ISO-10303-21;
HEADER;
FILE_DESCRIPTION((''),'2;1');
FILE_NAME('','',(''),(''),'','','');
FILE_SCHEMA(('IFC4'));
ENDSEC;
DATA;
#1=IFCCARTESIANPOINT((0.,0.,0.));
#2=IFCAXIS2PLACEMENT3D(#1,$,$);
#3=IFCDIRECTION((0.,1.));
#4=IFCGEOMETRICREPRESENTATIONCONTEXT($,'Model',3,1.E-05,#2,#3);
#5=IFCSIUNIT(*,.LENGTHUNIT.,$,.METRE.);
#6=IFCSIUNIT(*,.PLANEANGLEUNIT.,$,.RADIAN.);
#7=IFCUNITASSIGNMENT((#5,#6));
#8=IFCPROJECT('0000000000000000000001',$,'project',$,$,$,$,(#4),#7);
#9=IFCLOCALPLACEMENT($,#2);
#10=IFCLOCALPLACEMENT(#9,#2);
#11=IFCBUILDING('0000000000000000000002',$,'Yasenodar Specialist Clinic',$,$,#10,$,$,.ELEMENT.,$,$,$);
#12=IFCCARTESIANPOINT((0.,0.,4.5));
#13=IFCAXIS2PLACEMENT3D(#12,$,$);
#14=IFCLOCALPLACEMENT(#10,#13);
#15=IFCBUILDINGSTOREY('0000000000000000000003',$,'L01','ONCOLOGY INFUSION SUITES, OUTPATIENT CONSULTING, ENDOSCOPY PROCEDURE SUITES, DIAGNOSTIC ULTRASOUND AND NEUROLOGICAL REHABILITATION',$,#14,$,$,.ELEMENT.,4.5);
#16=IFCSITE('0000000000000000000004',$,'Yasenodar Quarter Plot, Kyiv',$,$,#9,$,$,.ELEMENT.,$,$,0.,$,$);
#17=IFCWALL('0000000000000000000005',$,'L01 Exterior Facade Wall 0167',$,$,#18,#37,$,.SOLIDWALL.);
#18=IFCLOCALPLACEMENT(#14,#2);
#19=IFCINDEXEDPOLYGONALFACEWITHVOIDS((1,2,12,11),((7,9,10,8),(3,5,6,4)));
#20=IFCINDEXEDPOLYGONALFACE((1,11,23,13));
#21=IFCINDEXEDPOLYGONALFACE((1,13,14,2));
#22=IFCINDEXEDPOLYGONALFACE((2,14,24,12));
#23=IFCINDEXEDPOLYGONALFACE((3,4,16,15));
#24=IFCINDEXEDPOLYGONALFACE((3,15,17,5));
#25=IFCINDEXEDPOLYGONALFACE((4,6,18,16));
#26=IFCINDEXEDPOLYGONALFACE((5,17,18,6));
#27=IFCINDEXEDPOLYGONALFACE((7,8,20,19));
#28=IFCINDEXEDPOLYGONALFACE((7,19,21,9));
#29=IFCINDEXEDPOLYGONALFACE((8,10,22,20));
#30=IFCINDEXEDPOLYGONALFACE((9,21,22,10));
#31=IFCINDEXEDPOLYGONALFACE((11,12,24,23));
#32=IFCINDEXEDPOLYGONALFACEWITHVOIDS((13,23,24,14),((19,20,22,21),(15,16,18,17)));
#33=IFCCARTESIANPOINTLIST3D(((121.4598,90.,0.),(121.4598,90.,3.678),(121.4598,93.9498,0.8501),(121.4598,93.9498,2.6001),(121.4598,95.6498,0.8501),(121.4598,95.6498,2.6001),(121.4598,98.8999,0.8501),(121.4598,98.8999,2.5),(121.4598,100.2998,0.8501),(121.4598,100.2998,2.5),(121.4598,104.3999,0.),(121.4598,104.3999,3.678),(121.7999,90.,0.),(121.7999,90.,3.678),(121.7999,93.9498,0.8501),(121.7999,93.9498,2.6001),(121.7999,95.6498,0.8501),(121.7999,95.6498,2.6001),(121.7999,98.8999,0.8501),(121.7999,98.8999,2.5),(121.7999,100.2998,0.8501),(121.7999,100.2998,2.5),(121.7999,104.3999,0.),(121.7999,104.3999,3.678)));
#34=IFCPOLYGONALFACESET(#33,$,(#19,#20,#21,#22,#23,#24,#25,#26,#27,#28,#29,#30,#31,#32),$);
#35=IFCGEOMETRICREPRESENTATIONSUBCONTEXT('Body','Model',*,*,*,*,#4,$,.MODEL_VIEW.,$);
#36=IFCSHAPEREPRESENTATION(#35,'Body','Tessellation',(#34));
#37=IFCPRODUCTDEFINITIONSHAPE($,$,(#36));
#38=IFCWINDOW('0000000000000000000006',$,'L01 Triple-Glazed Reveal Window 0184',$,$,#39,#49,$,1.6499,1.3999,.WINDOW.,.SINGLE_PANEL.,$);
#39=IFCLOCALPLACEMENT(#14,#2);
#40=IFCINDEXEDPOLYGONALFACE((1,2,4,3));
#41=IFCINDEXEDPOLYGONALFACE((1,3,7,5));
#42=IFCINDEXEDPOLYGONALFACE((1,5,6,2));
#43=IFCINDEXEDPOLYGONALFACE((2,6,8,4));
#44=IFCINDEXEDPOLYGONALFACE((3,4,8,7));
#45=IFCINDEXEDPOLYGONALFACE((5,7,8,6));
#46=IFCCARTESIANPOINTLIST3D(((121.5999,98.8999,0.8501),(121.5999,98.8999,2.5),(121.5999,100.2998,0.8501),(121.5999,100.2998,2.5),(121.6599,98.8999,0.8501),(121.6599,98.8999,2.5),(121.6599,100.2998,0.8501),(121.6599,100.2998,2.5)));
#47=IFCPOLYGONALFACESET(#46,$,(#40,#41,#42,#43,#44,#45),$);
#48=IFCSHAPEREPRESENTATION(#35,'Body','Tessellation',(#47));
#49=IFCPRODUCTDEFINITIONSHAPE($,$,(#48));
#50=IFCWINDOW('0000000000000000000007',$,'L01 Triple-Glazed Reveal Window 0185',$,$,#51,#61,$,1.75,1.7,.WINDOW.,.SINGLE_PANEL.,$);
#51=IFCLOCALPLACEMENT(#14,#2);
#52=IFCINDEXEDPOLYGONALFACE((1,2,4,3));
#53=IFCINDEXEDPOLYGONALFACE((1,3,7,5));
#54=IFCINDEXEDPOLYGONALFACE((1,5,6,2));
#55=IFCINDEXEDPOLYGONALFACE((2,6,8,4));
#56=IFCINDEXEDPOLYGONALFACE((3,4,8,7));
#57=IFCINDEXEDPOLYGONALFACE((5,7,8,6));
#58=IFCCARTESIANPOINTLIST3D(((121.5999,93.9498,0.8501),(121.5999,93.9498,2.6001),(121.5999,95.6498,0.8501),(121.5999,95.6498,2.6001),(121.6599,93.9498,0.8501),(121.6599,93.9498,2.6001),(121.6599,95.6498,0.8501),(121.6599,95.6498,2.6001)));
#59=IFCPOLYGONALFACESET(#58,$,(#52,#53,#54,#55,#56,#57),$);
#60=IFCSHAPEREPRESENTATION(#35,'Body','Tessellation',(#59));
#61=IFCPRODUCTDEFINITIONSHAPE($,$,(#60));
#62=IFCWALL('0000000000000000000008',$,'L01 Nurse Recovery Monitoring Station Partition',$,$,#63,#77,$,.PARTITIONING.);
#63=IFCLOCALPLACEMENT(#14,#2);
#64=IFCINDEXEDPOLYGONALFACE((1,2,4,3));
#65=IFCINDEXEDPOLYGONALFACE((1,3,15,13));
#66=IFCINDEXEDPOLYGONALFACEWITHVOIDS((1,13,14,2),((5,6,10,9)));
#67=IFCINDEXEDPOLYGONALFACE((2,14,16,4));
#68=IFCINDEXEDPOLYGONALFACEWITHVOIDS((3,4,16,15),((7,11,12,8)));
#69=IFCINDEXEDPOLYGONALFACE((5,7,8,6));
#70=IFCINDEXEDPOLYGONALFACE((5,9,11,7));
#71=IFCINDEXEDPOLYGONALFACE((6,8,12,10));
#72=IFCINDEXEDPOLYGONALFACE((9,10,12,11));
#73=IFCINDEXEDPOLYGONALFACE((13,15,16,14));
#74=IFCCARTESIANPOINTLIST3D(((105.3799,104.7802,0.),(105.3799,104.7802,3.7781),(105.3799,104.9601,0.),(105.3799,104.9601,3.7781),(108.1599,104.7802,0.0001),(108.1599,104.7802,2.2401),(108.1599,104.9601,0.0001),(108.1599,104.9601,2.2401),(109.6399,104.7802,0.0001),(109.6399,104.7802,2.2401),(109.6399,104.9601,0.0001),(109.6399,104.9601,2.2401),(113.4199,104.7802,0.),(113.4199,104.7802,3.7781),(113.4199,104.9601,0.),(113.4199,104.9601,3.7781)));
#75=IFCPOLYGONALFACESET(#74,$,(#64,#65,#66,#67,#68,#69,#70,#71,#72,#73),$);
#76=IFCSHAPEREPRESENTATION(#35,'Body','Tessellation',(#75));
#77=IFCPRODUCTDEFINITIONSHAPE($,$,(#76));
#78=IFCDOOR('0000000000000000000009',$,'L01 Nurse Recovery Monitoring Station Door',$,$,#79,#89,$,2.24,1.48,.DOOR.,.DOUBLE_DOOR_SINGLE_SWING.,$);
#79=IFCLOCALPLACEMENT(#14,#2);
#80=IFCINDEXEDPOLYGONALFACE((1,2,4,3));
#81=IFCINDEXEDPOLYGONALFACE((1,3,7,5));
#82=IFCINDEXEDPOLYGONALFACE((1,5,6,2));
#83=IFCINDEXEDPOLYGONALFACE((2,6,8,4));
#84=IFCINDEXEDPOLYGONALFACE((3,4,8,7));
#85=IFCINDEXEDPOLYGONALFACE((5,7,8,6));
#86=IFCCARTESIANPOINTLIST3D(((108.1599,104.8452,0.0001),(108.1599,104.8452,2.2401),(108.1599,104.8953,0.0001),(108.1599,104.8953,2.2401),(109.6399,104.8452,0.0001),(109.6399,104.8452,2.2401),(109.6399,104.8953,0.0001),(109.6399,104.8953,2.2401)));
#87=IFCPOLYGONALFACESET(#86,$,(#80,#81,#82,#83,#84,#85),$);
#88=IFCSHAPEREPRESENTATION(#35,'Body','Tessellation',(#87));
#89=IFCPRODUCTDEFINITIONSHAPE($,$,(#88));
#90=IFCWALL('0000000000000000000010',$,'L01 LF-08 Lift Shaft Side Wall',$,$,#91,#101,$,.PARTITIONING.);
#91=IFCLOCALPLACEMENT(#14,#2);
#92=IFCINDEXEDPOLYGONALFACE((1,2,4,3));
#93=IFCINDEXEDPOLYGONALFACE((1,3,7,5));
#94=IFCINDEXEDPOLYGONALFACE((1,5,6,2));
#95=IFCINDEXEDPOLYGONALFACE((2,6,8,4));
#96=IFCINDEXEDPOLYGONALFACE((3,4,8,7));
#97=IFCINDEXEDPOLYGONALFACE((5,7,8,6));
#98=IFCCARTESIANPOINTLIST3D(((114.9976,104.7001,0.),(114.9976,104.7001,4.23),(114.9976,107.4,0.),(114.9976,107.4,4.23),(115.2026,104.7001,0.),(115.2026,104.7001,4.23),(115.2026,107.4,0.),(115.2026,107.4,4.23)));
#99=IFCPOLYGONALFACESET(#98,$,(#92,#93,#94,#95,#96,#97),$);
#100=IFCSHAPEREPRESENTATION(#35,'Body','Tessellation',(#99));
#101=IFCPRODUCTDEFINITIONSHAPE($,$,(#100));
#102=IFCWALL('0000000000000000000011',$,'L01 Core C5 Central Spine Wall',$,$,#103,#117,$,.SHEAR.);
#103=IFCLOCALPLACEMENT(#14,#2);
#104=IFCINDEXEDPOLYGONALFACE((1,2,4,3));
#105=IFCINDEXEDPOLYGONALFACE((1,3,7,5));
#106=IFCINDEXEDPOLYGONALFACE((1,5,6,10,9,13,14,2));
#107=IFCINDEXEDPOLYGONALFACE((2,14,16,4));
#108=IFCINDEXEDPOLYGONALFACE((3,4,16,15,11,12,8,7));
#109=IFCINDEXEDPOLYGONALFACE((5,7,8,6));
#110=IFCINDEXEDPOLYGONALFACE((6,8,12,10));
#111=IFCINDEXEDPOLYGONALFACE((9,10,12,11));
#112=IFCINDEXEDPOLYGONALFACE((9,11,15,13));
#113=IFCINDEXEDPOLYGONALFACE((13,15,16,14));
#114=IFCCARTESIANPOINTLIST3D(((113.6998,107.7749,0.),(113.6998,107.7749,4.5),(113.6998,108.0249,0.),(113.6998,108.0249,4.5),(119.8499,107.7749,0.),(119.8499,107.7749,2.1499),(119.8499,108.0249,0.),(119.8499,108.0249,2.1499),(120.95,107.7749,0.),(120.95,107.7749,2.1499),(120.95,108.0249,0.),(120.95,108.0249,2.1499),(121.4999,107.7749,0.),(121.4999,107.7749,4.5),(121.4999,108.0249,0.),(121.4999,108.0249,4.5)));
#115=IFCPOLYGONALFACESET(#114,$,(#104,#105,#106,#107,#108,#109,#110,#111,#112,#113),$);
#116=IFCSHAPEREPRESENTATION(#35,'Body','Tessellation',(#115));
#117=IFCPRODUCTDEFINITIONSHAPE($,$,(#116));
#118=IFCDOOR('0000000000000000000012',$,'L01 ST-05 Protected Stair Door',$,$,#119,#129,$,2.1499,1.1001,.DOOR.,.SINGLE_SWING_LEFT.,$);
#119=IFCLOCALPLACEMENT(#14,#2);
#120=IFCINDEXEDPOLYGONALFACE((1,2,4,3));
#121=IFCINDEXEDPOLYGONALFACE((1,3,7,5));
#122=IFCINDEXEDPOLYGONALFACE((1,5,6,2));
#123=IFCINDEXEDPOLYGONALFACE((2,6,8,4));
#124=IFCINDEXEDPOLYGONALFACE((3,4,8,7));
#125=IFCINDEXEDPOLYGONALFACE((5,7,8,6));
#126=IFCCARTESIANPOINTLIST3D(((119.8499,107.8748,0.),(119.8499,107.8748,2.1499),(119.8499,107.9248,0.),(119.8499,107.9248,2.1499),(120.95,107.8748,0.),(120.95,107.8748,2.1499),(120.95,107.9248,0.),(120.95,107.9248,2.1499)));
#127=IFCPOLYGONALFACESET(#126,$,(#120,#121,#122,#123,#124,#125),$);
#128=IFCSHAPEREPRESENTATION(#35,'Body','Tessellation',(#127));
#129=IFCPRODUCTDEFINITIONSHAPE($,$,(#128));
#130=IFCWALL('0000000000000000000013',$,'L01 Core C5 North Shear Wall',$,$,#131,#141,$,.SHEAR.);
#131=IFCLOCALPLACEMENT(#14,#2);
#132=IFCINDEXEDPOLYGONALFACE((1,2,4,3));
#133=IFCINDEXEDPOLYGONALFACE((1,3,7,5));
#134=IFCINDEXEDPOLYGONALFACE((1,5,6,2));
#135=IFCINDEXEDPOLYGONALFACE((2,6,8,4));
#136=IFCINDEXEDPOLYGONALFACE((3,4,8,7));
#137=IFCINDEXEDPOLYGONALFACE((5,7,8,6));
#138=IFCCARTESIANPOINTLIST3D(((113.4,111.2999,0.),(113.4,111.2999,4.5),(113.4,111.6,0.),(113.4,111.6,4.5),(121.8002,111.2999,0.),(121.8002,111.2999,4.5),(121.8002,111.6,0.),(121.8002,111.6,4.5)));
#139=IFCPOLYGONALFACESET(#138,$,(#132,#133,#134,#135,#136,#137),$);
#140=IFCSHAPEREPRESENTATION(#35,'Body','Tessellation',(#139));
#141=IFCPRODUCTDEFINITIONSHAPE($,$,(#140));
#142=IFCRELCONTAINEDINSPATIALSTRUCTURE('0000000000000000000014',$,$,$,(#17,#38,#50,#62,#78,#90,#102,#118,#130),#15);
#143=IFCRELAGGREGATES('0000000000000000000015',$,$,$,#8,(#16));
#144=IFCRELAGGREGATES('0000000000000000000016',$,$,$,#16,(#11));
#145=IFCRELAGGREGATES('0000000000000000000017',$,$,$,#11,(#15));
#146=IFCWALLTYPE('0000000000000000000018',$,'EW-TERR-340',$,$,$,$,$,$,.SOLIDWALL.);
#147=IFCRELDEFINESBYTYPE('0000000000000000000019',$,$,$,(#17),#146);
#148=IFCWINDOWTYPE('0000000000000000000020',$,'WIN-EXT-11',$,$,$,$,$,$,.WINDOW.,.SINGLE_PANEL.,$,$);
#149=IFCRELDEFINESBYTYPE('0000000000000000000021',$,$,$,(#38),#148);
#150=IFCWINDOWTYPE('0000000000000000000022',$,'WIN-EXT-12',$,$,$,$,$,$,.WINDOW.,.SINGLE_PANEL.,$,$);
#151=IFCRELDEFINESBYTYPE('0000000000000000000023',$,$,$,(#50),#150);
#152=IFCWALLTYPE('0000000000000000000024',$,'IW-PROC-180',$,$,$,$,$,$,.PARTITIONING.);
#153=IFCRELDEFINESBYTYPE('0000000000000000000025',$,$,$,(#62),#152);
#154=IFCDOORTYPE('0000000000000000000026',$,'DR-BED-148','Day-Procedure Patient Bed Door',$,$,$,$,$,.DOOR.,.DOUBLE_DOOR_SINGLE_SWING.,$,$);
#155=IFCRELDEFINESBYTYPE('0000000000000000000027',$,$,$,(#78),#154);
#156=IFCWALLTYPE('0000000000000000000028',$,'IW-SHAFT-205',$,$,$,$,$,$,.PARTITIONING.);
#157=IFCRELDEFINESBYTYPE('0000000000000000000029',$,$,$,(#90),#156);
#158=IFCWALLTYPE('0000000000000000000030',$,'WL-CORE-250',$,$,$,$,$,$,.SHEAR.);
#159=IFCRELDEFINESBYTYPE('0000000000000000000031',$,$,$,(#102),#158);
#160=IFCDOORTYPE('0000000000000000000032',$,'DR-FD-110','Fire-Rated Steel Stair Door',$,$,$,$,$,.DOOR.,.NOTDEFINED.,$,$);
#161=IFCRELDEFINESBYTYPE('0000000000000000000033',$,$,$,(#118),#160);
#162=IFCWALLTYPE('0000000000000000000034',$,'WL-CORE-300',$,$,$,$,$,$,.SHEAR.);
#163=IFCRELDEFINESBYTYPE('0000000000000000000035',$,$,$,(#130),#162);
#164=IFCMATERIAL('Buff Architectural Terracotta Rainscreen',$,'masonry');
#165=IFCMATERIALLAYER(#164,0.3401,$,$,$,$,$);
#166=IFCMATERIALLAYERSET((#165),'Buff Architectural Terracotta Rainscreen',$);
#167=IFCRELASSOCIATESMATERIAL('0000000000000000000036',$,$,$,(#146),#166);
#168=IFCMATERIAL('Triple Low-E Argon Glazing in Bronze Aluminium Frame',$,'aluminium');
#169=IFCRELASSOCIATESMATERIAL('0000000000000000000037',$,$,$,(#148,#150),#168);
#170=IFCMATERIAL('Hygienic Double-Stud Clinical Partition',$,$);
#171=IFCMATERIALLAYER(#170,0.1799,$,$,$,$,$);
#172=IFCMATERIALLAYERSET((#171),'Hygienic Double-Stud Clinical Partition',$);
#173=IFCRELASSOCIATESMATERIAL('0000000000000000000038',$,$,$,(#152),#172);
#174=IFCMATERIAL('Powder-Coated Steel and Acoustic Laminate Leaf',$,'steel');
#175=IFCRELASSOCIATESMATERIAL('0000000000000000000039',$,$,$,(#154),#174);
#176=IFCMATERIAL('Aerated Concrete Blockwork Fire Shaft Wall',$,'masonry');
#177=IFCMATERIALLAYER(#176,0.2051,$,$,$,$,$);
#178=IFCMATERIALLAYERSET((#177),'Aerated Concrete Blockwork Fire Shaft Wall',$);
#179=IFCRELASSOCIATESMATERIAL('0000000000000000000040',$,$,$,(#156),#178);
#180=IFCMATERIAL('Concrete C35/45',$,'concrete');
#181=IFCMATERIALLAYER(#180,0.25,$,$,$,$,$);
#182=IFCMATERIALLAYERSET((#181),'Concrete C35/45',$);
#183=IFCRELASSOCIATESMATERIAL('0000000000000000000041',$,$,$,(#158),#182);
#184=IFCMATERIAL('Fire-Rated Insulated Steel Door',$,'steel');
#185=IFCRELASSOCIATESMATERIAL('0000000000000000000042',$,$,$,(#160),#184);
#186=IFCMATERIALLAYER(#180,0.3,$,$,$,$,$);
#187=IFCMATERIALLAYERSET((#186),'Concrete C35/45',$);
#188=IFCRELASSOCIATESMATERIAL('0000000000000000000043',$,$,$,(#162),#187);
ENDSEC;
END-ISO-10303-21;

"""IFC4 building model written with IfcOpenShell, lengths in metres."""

from ifc_helpers import new_model, si_unit, direction, frame, frame_2d, origin, place, context, subcontext, project, spatial, rectangle, extrude, material, layer, layer_set, type_object, element, fill, save


model = new_model("IFC4")

# Units and contexts
model_context = context("Model", 3, precision=1e-05, world=origin(), true_north=direction((0.0, 1.0)))
body_context = subcontext(model_context, "Body", "Model", "MODEL_VIEW")
ifc_project = project(units=[si_unit("LENGTHUNIT", "METRE"), si_unit("PLANEANGLEUNIT", "RADIAN")], contexts=[model_context])

# Site, building, storey
site_placement = place(None, origin())
site = spatial("IfcSite", under=ifc_project, at=site_placement, Name="Yasenodar Quarter Plot, Kyiv", CompositionType="ELEMENT", RefElevation=0.0)
building_placement = place(site_placement, origin())
building = spatial("IfcBuilding", under=site, at=building_placement, Name="Yasenodar Specialist Clinic", CompositionType="ELEMENT")
storey_placement = place(building_placement, frame((0.0, 0.0, 4.5)))
storey = spatial("IfcBuildingStorey", under=building, at=storey_placement, Name="L01", Description="ONCOLOGY INFUSION SUITES, OUTPATIENT CONSULTING, ENDOSCOPY PROCEDURE SUITES, DIAGNOSTIC ULTRASOUND AND NEUROLOGICAL REHABILITATION", CompositionType="ELEMENT", Elevation=4.5)

# Wall, openings, windows
ifc_material_1 = material(Name="Buff Architectural Terracotta Rainscreen", Category="masonry")
ifc_layer_1 = layer(ifc_material_1, 0.3401)
ifc_layer_set_1 = layer_set([ifc_layer_1], Name="Buff Architectural Terracotta Rainscreen")
wall_type_1 = type_object("IfcWallType", Name="EW-TERR-340", PredefinedType="SOLIDWALL", material=ifc_layer_set_1)
wall_1_placement = place(storey_placement, frame((121.6299, 104.3999, 0.0), z_axis=(0.0, 0.0, 1.0), x_axis=(0.0, -1.0, 0.0)))
wall_1 = element("IfcWall", 1, at=wall_1_placement, inside=storey, type_object=wall_type_1, Name="L01 Exterior Facade Wall 0167", PredefinedType="SOLIDWALL", context=body_context, shape_type="SweptSolid", body=[
    extrude(rectangle(XDim=14.3999, YDim=0.3401, at=frame_2d((7.2, 0.0))), origin(), (0.0, 0.0, 1.0), 3.678),
])
opening_1_placement = place(wall_1_placement, frame((4.1001, 0.0, 0.8501)))
opening_1 = element("IfcOpeningElement", 2, at=opening_1_placement, cuts=wall_1, PredefinedType="OPENING", context=body_context, shape_type="SweptSolid", body=[
    extrude(rectangle(XDim=1.3999, YDim=1.6499, at=frame_2d((0.7, 0.825))), frame((0.0, 0.1802, 0.0), z_axis=(0.0, -1.0, 0.0), x_axis=(1.0, 0.0, 0.0)), (0.0, 0.0, 1.0), 0.3601),
])
opening_2_placement = place(wall_1_placement, frame((8.75, 0.0, 0.8501)))
opening_2 = element("IfcOpeningElement", 3, at=opening_2_placement, cuts=wall_1, PredefinedType="OPENING", context=body_context, shape_type="SweptSolid", body=[
    extrude(rectangle(XDim=1.7, YDim=1.75, at=frame_2d((0.8501, 0.875))), frame((0.0, 0.1802, 0.0), z_axis=(0.0, -1.0, 0.0), x_axis=(1.0, 0.0, 0.0)), (0.0, 0.0, 1.0), 0.3601),
])
ifc_material_2 = material(Name="Triple Low-E Argon Glazing in Bronze Aluminium Frame", Category="aluminium")
window_type_1 = type_object("IfcWindowType", Name="WIN-EXT-11", PartitioningType="SINGLE_PANEL", PredefinedType="WINDOW", material=ifc_material_2)
window_1_placement = place(opening_1_placement, origin())
window_1 = element("IfcWindow", 4, at=window_1_placement, inside=storey, type_object=window_type_1, Name="L01 Triple-Glazed Reveal Window 0184", OverallHeight=1.6499, OverallWidth=1.3999, PartitioningType="SINGLE_PANEL", PredefinedType="WINDOW", context=body_context, shape_type="SweptSolid", body=[
    extrude(rectangle(XDim=1.3999, YDim=1.6499, at=frame_2d((0.7, 0.825))), frame((0.0, 0.03, 0.0), z_axis=(0.0, -1.0, 0.0), x_axis=(1.0, 0.0, 0.0)), (0.0, 0.0, 1.0), 0.0601),
])
fill(opening_1, window_1)
window_type_2 = type_object("IfcWindowType", Name="WIN-EXT-12", PartitioningType="SINGLE_PANEL", PredefinedType="WINDOW", material=ifc_material_2)
window_2_placement = place(opening_2_placement, origin())
window_2 = element("IfcWindow", 5, at=window_2_placement, inside=storey, type_object=window_type_2, Name="L01 Triple-Glazed Reveal Window 0185", OverallHeight=1.75, OverallWidth=1.7, PartitioningType="SINGLE_PANEL", PredefinedType="WINDOW", context=body_context, shape_type="SweptSolid", body=[
    extrude(rectangle(XDim=1.7, YDim=1.75, at=frame_2d((0.8501, 0.875))), frame((0.0, 0.03, 0.0), z_axis=(0.0, -1.0, 0.0), x_axis=(1.0, 0.0, 0.0)), (0.0, 0.0, 1.0), 0.0601),
])
fill(opening_2, window_2)

# Wall, opening, door
ifc_material_3 = material(Name="Hygienic Double-Stud Clinical Partition")
ifc_layer_2 = layer(ifc_material_3, 0.1799)
ifc_layer_set_2 = layer_set([ifc_layer_2], Name="Hygienic Double-Stud Clinical Partition")
wall_type_2 = type_object("IfcWallType", Name="IW-PROC-180", PredefinedType="PARTITIONING", material=ifc_layer_set_2)
wall_2_placement = place(storey_placement, frame((113.4199, 104.8701, 0.0), z_axis=(0.0, 0.0, 1.0), x_axis=(-1.0, 0.0, 0.0)))
wall_2 = element("IfcWall", 6, at=wall_2_placement, inside=storey, type_object=wall_type_2, Name="L01 Nurse Recovery Monitoring Station Partition", PredefinedType="PARTITIONING", context=body_context, shape_type="SweptSolid", body=[
    extrude(rectangle(XDim=8.04, YDim=0.1799, at=frame_2d((4.02, 0.0))), origin(), (0.0, 0.0, 1.0), 3.7781),
])
opening_3_placement = place(wall_2_placement, frame((3.78, 0.0, 0.0)))
opening_3 = element("IfcOpeningElement", 7, at=opening_3_placement, cuts=wall_2, PredefinedType="OPENING", context=body_context, shape_type="SweptSolid", body=[
    extrude(rectangle(XDim=1.48, YDim=2.24, at=frame_2d((0.74, 1.1201))), frame((0.0, 0.1001, 0.0), z_axis=(0.0, -1.0, 0.0), x_axis=(1.0, 0.0, 0.0)), (0.0, 0.0, 1.0), 0.2),
])
ifc_material_4 = material(Name="Powder-Coated Steel and Acoustic Laminate Leaf", Category="steel")
door_type_1 = type_object("IfcDoorType", Name="DR-BED-148", Description="Day-Procedure Patient Bed Door", OperationType="DOUBLE_DOOR_SINGLE_SWING", PredefinedType="DOOR", material=ifc_material_4)
door_1_placement = place(opening_3_placement, origin())
door_1 = element("IfcDoor", 8, at=door_1_placement, inside=storey, type_object=door_type_1, Name="L01 Nurse Recovery Monitoring Station Door", OperationType="DOUBLE_DOOR_SINGLE_SWING", OverallHeight=2.24, OverallWidth=1.48, PredefinedType="DOOR", context=body_context, shape_type="SweptSolid", body=[
    extrude(rectangle(XDim=1.48, YDim=2.24, at=frame_2d((0.74, 1.1201))), frame((0.0, 0.0249, 0.0), z_axis=(0.0, -1.0, 0.0), x_axis=(1.0, 0.0, 0.0)), (0.0, 0.0, 1.0), 0.05),
])
fill(opening_3, door_1)

# Wall
ifc_material_5 = material(Name="Aerated Concrete Blockwork Fire Shaft Wall", Category="masonry")
ifc_layer_3 = layer(ifc_material_5, 0.2051)
ifc_layer_set_3 = layer_set([ifc_layer_3], Name="Aerated Concrete Blockwork Fire Shaft Wall")
wall_type_3 = type_object("IfcWallType", Name="IW-SHAFT-205", PredefinedType="PARTITIONING", material=ifc_layer_set_3)
wall_3_placement = place(storey_placement, frame((115.1001, 104.7, 0.0), z_axis=(0.0, 0.0, 1.0), x_axis=(0.0, 1.0, 0.0)))
element("IfcWall", 9, at=wall_3_placement, inside=storey, type_object=wall_type_3, Name="L01 LF-08 Lift Shaft Side Wall", PredefinedType="PARTITIONING", context=body_context, shape_type="SweptSolid", body=[
    extrude(rectangle(XDim=2.7, YDim=0.2051, at=frame_2d((1.3501, 0.0))), origin(), (0.0, 0.0, 1.0), 4.23),
])

# Wall, opening, door
ifc_material_6 = material(Name="Concrete C35/45", Category="concrete")
ifc_layer_4 = layer(ifc_material_6, 0.25)
ifc_layer_set_4 = layer_set([ifc_layer_4], Name="Concrete C35/45")
wall_type_4 = type_object("IfcWallType", Name="WL-CORE-250", PredefinedType="SHEAR", material=ifc_layer_set_4)
wall_4_placement = place(storey_placement, frame((113.7, 107.8999, 0.0), z_axis=(0.0, 0.0, 1.0), x_axis=(1.0, 0.0, 0.0)))
wall_4 = element("IfcWall", 10, at=wall_4_placement, inside=storey, type_object=wall_type_4, Name="L01 Core C5 Central Spine Wall", PredefinedType="SHEAR", context=body_context, shape_type="SweptSolid", body=[
    extrude(rectangle(XDim=7.8, YDim=0.25, at=frame_2d((3.8999, 0.0))), origin(), (0.0, 0.0, 1.0), 4.5),
])
opening_4_placement = place(wall_4_placement, frame((6.1499, 0.0, 0.0)))
opening_4 = element("IfcOpeningElement", 11, at=opening_4_placement, cuts=wall_4, PredefinedType="OPENING", context=body_context, shape_type="SweptSolid", body=[
    extrude(rectangle(XDim=1.1001, YDim=2.1499, at=frame_2d((0.55, 1.075))), frame((0.0, 0.135, 0.0), z_axis=(0.0, -1.0, 0.0), x_axis=(1.0, 0.0, 0.0)), (0.0, 0.0, 1.0), 0.27),
])
ifc_material_7 = material(Name="Fire-Rated Insulated Steel Door", Category="steel")
door_type_2 = type_object("IfcDoorType", Name="DR-FD-110", Description="Fire-Rated Steel Stair Door", OperationType="NOTDEFINED", PredefinedType="DOOR", material=ifc_material_7)
door_2_placement = place(opening_4_placement, origin())
door_2 = element("IfcDoor", 12, at=door_2_placement, inside=storey, type_object=door_type_2, Name="L01 ST-05 Protected Stair Door", OperationType="SINGLE_SWING_LEFT", OverallHeight=2.1499, OverallWidth=1.1001, PredefinedType="DOOR", context=body_context, shape_type="SweptSolid", body=[
    extrude(rectangle(XDim=1.1001, YDim=2.1499, at=frame_2d((0.55, 1.075))), frame((0.0, 0.0249, 0.0), z_axis=(0.0, -1.0, 0.0), x_axis=(1.0, 0.0, 0.0)), (0.0, 0.0, 1.0), 0.05),
])
fill(opening_4, door_2)

# Wall
ifc_layer_5 = layer(ifc_material_6, 0.3)
ifc_layer_set_5 = layer_set([ifc_layer_5], Name="Concrete C35/45")
wall_type_5 = type_object("IfcWallType", Name="WL-CORE-300", PredefinedType="SHEAR", material=ifc_layer_set_5)
wall_5_placement = place(storey_placement, frame((113.3999, 111.45, 0.0), z_axis=(0.0, 0.0, 1.0), x_axis=(1.0, 0.0, 0.0)))
element("IfcWall", 13, at=wall_5_placement, inside=storey, type_object=wall_type_5, Name="L01 Core C5 North Shear Wall", PredefinedType="SHEAR", context=body_context, shape_type="SweptSolid", body=[
    extrude(rectangle(XDim=8.4001, YDim=0.3, at=frame_2d((4.2002, 0.0))), origin(), (0.0, 0.0, 1.0), 4.5),
])

save(model, "model.ifc")
